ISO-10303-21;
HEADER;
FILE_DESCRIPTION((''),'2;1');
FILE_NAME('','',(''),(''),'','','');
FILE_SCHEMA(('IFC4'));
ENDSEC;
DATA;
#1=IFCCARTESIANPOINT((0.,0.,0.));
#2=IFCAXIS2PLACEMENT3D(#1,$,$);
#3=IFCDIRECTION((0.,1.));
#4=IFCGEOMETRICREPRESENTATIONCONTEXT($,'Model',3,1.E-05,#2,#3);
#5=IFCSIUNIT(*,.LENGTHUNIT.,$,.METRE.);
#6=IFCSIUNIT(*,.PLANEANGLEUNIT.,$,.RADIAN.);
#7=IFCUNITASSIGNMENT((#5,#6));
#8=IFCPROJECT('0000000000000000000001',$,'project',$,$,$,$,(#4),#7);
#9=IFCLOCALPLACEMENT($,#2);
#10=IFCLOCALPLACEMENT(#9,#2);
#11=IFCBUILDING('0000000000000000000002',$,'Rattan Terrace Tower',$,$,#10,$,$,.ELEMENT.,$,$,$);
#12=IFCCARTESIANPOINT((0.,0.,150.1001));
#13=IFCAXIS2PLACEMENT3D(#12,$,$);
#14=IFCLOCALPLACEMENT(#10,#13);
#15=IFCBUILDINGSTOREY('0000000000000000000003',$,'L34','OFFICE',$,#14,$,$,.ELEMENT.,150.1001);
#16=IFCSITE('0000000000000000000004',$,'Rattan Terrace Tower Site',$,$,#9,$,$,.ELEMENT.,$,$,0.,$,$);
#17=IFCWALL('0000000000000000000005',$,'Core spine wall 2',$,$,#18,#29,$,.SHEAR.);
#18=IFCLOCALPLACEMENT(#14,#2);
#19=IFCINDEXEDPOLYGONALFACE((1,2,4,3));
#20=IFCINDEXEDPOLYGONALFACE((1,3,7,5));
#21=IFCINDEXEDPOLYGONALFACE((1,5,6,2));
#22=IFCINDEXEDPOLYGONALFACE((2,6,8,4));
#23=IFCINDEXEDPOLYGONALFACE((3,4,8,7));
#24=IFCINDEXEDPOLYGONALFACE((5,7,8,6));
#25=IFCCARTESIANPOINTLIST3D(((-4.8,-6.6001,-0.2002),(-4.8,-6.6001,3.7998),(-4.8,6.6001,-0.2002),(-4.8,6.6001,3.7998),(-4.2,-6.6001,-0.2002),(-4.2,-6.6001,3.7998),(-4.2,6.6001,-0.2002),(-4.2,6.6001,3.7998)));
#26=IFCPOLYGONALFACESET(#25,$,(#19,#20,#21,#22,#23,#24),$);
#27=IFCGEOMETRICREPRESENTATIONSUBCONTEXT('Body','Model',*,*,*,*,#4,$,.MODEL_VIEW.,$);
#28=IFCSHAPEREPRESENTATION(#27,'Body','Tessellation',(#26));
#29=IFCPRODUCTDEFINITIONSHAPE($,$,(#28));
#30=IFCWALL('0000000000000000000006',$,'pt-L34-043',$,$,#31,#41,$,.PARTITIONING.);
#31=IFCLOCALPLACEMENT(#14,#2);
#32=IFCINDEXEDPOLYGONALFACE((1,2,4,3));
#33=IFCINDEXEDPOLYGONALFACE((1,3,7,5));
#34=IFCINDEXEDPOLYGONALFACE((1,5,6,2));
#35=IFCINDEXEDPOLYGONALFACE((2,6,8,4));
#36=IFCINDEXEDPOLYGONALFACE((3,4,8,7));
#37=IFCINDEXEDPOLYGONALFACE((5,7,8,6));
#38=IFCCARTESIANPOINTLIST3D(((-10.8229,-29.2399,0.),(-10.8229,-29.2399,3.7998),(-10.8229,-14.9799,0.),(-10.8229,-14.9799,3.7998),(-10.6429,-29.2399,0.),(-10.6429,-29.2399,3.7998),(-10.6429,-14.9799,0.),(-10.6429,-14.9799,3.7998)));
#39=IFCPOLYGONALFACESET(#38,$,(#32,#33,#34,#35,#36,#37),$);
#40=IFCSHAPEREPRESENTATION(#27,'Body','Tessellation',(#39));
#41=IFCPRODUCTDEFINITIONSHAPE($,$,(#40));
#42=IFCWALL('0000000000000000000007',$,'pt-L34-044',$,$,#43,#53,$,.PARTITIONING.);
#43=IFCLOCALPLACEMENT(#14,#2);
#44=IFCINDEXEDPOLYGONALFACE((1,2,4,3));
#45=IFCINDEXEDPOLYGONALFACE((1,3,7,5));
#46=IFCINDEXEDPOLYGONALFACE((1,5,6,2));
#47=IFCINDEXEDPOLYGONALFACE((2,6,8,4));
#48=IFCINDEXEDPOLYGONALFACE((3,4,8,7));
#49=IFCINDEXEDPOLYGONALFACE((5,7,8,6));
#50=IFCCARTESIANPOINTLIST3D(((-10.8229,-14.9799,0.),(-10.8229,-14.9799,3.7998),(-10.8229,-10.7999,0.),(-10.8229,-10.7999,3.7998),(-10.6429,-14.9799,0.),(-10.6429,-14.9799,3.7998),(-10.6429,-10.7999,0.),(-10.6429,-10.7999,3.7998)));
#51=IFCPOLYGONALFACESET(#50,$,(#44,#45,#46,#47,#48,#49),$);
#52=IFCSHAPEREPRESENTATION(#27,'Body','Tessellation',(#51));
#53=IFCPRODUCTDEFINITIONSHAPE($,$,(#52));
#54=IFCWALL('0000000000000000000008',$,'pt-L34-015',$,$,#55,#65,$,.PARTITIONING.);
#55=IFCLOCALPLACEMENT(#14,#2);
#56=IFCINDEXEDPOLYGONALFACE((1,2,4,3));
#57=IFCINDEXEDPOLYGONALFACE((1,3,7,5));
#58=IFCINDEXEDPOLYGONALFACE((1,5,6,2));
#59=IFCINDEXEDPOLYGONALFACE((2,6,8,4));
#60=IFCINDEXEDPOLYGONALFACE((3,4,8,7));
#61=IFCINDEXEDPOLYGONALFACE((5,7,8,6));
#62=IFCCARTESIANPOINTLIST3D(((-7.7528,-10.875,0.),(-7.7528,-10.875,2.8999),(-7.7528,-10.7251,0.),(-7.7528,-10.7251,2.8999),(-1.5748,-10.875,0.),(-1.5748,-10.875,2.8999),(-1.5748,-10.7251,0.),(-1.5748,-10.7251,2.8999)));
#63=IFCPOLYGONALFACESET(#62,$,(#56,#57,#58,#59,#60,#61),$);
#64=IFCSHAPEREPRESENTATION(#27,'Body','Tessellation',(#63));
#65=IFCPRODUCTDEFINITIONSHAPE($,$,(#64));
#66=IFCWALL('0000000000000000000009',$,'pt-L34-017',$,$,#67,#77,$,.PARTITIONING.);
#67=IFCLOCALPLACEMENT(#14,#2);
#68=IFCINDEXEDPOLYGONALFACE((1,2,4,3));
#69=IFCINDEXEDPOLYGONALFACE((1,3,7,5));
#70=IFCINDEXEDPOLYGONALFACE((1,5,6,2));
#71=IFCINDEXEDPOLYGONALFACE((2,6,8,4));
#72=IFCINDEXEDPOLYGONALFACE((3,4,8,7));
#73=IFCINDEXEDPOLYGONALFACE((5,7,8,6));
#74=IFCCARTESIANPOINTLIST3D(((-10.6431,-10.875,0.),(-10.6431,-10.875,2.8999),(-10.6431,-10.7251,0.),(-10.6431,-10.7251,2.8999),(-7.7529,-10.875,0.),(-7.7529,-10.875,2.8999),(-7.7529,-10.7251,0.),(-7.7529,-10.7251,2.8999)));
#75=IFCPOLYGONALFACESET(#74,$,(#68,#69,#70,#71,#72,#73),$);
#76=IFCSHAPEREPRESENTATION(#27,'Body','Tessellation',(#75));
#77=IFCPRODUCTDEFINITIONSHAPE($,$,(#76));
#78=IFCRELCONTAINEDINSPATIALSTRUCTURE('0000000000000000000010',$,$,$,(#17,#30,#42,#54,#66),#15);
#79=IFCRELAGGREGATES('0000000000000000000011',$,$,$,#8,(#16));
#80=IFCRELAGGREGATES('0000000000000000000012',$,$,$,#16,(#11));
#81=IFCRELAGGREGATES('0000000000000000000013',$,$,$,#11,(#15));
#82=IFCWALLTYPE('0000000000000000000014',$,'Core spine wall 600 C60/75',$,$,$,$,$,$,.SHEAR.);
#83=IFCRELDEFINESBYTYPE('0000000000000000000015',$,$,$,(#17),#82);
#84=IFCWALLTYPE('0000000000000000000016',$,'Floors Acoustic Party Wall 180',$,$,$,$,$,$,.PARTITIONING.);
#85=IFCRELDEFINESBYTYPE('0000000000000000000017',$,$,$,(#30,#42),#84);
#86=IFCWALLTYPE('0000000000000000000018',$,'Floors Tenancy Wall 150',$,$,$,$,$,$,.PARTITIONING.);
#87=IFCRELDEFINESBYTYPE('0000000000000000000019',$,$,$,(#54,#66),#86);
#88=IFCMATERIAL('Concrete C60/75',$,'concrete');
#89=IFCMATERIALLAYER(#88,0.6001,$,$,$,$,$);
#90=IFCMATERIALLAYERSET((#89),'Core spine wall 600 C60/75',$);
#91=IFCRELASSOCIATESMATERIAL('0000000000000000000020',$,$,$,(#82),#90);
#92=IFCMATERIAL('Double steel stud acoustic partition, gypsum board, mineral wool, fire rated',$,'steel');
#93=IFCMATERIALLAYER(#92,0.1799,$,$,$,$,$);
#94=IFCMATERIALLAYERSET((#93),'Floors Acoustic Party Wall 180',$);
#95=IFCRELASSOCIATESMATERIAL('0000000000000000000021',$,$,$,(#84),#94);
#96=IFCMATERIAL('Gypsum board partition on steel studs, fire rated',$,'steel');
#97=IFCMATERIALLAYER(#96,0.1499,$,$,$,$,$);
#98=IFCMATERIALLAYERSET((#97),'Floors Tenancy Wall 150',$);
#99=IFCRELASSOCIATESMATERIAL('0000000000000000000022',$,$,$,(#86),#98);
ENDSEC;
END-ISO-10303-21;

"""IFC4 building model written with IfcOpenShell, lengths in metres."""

from ifc_helpers import new_model, si_unit, direction, frame, frame_2d, origin, place, context, subcontext, project, spatial, rectangle, extrude, material, layer, layer_set, type_object, element, save


model = new_model("IFC4")

# Units and contexts
model_context = context("Model", 3, precision=1e-05, world=origin(), true_north=direction((0.0, 1.0)))
body_context = subcontext(model_context, "Body", "Model", "MODEL_VIEW")
ifc_project = project(units=[si_unit("LENGTHUNIT", "METRE"), si_unit("PLANEANGLEUNIT", "RADIAN")], contexts=[model_context])

# Site, building, storey
site_placement = place(None, origin())
site = spatial("IfcSite", under=ifc_project, at=site_placement, Name="Rattan Terrace Tower Site", CompositionType="ELEMENT", RefElevation=0.0)
building_placement = place(site_placement, origin())
building = spatial("IfcBuilding", under=site, at=building_placement, Name="Rattan Terrace Tower", CompositionType="ELEMENT")
storey_placement = place(building_placement, frame((0.0, 0.0, 150.1001)))
storey = spatial("IfcBuildingStorey", under=building, at=storey_placement, Name="L34", Description="OFFICE", CompositionType="ELEMENT", Elevation=150.1001)

# Walls
ifc_material_1 = material(Name="Concrete C60/75", Category="concrete")
ifc_layer_1 = layer(ifc_material_1, 0.6001)
ifc_layer_set_1 = layer_set([ifc_layer_1], Name="Core spine wall 600 C60/75")
wall_type_1 = type_object("IfcWallType", Name="Core spine wall 600 C60/75", PredefinedType="SHEAR", material=ifc_layer_set_1)
wall_1_placement = place(storey_placement, frame((-4.5, -6.6001, -0.2002), z_axis=(0.0, 0.0, 1.0), x_axis=(0.0, 1.0, 0.0)))
element("IfcWall", 1, at=wall_1_placement, inside=storey, type_object=wall_type_1, Name="Core spine wall 2", PredefinedType="SHEAR", context=body_context, shape_type="SweptSolid", body=[
    extrude(rectangle(XDim=13.2002, YDim=0.6001, at=frame_2d((6.6001, 0.0))), origin(), (0.0, 0.0, 1.0), 4.0),
])
ifc_material_2 = material(Name="Double steel stud acoustic partition, gypsum board, mineral wool, fire rated", Category="steel")
ifc_layer_2 = layer(ifc_material_2, 0.1799)
ifc_layer_set_2 = layer_set([ifc_layer_2], Name="Floors Acoustic Party Wall 180")
wall_type_2 = type_object("IfcWallType", Name="Floors Acoustic Party Wall 180", PredefinedType="PARTITIONING", material=ifc_layer_set_2)
wall_2_placement = place(storey_placement, frame((-10.7329, -14.98, 0.0), z_axis=(0.0, 0.0, 1.0), x_axis=(0.0, -1.0, 0.0)))
element("IfcWall", 2, at=wall_2_placement, inside=storey, type_object=wall_type_2, Name="pt-L34-043", PredefinedType="PARTITIONING", context=body_context, shape_type="SweptSolid", body=[
    extrude(rectangle(XDim=14.26, YDim=0.1799, at=frame_2d((7.1299, 0.0))), origin(), (0.0, 0.0, 1.0), 3.7998),
])
wall_3_placement = place(storey_placement, frame((-10.7329, -10.8, 0.0), z_axis=(0.0, 0.0, 1.0), x_axis=(0.0, -1.0, 0.0)))
element("IfcWall", 3, at=wall_3_placement, inside=storey, type_object=wall_type_2, Name="pt-L34-044", PredefinedType="PARTITIONING", context=body_context, shape_type="SweptSolid", body=[
    extrude(rectangle(XDim=4.1799, YDim=0.1799, at=frame_2d((2.0898, 0.0))), origin(), (0.0, 0.0, 1.0), 3.7998),
])
ifc_material_3 = material(Name="Gypsum board partition on steel studs, fire rated", Category="steel")
ifc_layer_3 = layer(ifc_material_3, 0.1499)
ifc_layer_set_3 = layer_set([ifc_layer_3], Name="Floors Tenancy Wall 150")
wall_type_3 = type_object("IfcWallType", Name="Floors Tenancy Wall 150", PredefinedType="PARTITIONING", material=ifc_layer_set_3)
wall_4_placement = place(storey_placement, frame((-1.575, -10.8, 0.0), z_axis=(0.0, 0.0, 1.0), x_axis=(-1.0, 0.0, 0.0)))
element("IfcWall", 4, at=wall_4_placement, inside=storey, type_object=wall_type_3, Name="pt-L34-015", PredefinedType="PARTITIONING", context=body_context, shape_type="SweptSolid", body=[
    extrude(rectangle(XDim=6.178, YDim=0.1499, at=frame_2d((3.0889, 0.0))), origin(), (0.0, 0.0, 1.0), 2.8999),
])
wall_5_placement = place(storey_placement, frame((-7.7529, -10.8, 0.0), z_axis=(0.0, 0.0, 1.0), x_axis=(-1.0, 0.0, 0.0)))
element("IfcWall", 5, at=wall_5_placement, inside=storey, type_object=wall_type_3, Name="pt-L34-017", PredefinedType="PARTITIONING", context=body_context, shape_type="SweptSolid", body=[
    extrude(rectangle(XDim=2.8901, YDim=0.1499, at=frame_2d((1.4451, 0.0))), origin(), (0.0, 0.0, 1.0), 2.8999),
])

save(model, "model.ifc")
